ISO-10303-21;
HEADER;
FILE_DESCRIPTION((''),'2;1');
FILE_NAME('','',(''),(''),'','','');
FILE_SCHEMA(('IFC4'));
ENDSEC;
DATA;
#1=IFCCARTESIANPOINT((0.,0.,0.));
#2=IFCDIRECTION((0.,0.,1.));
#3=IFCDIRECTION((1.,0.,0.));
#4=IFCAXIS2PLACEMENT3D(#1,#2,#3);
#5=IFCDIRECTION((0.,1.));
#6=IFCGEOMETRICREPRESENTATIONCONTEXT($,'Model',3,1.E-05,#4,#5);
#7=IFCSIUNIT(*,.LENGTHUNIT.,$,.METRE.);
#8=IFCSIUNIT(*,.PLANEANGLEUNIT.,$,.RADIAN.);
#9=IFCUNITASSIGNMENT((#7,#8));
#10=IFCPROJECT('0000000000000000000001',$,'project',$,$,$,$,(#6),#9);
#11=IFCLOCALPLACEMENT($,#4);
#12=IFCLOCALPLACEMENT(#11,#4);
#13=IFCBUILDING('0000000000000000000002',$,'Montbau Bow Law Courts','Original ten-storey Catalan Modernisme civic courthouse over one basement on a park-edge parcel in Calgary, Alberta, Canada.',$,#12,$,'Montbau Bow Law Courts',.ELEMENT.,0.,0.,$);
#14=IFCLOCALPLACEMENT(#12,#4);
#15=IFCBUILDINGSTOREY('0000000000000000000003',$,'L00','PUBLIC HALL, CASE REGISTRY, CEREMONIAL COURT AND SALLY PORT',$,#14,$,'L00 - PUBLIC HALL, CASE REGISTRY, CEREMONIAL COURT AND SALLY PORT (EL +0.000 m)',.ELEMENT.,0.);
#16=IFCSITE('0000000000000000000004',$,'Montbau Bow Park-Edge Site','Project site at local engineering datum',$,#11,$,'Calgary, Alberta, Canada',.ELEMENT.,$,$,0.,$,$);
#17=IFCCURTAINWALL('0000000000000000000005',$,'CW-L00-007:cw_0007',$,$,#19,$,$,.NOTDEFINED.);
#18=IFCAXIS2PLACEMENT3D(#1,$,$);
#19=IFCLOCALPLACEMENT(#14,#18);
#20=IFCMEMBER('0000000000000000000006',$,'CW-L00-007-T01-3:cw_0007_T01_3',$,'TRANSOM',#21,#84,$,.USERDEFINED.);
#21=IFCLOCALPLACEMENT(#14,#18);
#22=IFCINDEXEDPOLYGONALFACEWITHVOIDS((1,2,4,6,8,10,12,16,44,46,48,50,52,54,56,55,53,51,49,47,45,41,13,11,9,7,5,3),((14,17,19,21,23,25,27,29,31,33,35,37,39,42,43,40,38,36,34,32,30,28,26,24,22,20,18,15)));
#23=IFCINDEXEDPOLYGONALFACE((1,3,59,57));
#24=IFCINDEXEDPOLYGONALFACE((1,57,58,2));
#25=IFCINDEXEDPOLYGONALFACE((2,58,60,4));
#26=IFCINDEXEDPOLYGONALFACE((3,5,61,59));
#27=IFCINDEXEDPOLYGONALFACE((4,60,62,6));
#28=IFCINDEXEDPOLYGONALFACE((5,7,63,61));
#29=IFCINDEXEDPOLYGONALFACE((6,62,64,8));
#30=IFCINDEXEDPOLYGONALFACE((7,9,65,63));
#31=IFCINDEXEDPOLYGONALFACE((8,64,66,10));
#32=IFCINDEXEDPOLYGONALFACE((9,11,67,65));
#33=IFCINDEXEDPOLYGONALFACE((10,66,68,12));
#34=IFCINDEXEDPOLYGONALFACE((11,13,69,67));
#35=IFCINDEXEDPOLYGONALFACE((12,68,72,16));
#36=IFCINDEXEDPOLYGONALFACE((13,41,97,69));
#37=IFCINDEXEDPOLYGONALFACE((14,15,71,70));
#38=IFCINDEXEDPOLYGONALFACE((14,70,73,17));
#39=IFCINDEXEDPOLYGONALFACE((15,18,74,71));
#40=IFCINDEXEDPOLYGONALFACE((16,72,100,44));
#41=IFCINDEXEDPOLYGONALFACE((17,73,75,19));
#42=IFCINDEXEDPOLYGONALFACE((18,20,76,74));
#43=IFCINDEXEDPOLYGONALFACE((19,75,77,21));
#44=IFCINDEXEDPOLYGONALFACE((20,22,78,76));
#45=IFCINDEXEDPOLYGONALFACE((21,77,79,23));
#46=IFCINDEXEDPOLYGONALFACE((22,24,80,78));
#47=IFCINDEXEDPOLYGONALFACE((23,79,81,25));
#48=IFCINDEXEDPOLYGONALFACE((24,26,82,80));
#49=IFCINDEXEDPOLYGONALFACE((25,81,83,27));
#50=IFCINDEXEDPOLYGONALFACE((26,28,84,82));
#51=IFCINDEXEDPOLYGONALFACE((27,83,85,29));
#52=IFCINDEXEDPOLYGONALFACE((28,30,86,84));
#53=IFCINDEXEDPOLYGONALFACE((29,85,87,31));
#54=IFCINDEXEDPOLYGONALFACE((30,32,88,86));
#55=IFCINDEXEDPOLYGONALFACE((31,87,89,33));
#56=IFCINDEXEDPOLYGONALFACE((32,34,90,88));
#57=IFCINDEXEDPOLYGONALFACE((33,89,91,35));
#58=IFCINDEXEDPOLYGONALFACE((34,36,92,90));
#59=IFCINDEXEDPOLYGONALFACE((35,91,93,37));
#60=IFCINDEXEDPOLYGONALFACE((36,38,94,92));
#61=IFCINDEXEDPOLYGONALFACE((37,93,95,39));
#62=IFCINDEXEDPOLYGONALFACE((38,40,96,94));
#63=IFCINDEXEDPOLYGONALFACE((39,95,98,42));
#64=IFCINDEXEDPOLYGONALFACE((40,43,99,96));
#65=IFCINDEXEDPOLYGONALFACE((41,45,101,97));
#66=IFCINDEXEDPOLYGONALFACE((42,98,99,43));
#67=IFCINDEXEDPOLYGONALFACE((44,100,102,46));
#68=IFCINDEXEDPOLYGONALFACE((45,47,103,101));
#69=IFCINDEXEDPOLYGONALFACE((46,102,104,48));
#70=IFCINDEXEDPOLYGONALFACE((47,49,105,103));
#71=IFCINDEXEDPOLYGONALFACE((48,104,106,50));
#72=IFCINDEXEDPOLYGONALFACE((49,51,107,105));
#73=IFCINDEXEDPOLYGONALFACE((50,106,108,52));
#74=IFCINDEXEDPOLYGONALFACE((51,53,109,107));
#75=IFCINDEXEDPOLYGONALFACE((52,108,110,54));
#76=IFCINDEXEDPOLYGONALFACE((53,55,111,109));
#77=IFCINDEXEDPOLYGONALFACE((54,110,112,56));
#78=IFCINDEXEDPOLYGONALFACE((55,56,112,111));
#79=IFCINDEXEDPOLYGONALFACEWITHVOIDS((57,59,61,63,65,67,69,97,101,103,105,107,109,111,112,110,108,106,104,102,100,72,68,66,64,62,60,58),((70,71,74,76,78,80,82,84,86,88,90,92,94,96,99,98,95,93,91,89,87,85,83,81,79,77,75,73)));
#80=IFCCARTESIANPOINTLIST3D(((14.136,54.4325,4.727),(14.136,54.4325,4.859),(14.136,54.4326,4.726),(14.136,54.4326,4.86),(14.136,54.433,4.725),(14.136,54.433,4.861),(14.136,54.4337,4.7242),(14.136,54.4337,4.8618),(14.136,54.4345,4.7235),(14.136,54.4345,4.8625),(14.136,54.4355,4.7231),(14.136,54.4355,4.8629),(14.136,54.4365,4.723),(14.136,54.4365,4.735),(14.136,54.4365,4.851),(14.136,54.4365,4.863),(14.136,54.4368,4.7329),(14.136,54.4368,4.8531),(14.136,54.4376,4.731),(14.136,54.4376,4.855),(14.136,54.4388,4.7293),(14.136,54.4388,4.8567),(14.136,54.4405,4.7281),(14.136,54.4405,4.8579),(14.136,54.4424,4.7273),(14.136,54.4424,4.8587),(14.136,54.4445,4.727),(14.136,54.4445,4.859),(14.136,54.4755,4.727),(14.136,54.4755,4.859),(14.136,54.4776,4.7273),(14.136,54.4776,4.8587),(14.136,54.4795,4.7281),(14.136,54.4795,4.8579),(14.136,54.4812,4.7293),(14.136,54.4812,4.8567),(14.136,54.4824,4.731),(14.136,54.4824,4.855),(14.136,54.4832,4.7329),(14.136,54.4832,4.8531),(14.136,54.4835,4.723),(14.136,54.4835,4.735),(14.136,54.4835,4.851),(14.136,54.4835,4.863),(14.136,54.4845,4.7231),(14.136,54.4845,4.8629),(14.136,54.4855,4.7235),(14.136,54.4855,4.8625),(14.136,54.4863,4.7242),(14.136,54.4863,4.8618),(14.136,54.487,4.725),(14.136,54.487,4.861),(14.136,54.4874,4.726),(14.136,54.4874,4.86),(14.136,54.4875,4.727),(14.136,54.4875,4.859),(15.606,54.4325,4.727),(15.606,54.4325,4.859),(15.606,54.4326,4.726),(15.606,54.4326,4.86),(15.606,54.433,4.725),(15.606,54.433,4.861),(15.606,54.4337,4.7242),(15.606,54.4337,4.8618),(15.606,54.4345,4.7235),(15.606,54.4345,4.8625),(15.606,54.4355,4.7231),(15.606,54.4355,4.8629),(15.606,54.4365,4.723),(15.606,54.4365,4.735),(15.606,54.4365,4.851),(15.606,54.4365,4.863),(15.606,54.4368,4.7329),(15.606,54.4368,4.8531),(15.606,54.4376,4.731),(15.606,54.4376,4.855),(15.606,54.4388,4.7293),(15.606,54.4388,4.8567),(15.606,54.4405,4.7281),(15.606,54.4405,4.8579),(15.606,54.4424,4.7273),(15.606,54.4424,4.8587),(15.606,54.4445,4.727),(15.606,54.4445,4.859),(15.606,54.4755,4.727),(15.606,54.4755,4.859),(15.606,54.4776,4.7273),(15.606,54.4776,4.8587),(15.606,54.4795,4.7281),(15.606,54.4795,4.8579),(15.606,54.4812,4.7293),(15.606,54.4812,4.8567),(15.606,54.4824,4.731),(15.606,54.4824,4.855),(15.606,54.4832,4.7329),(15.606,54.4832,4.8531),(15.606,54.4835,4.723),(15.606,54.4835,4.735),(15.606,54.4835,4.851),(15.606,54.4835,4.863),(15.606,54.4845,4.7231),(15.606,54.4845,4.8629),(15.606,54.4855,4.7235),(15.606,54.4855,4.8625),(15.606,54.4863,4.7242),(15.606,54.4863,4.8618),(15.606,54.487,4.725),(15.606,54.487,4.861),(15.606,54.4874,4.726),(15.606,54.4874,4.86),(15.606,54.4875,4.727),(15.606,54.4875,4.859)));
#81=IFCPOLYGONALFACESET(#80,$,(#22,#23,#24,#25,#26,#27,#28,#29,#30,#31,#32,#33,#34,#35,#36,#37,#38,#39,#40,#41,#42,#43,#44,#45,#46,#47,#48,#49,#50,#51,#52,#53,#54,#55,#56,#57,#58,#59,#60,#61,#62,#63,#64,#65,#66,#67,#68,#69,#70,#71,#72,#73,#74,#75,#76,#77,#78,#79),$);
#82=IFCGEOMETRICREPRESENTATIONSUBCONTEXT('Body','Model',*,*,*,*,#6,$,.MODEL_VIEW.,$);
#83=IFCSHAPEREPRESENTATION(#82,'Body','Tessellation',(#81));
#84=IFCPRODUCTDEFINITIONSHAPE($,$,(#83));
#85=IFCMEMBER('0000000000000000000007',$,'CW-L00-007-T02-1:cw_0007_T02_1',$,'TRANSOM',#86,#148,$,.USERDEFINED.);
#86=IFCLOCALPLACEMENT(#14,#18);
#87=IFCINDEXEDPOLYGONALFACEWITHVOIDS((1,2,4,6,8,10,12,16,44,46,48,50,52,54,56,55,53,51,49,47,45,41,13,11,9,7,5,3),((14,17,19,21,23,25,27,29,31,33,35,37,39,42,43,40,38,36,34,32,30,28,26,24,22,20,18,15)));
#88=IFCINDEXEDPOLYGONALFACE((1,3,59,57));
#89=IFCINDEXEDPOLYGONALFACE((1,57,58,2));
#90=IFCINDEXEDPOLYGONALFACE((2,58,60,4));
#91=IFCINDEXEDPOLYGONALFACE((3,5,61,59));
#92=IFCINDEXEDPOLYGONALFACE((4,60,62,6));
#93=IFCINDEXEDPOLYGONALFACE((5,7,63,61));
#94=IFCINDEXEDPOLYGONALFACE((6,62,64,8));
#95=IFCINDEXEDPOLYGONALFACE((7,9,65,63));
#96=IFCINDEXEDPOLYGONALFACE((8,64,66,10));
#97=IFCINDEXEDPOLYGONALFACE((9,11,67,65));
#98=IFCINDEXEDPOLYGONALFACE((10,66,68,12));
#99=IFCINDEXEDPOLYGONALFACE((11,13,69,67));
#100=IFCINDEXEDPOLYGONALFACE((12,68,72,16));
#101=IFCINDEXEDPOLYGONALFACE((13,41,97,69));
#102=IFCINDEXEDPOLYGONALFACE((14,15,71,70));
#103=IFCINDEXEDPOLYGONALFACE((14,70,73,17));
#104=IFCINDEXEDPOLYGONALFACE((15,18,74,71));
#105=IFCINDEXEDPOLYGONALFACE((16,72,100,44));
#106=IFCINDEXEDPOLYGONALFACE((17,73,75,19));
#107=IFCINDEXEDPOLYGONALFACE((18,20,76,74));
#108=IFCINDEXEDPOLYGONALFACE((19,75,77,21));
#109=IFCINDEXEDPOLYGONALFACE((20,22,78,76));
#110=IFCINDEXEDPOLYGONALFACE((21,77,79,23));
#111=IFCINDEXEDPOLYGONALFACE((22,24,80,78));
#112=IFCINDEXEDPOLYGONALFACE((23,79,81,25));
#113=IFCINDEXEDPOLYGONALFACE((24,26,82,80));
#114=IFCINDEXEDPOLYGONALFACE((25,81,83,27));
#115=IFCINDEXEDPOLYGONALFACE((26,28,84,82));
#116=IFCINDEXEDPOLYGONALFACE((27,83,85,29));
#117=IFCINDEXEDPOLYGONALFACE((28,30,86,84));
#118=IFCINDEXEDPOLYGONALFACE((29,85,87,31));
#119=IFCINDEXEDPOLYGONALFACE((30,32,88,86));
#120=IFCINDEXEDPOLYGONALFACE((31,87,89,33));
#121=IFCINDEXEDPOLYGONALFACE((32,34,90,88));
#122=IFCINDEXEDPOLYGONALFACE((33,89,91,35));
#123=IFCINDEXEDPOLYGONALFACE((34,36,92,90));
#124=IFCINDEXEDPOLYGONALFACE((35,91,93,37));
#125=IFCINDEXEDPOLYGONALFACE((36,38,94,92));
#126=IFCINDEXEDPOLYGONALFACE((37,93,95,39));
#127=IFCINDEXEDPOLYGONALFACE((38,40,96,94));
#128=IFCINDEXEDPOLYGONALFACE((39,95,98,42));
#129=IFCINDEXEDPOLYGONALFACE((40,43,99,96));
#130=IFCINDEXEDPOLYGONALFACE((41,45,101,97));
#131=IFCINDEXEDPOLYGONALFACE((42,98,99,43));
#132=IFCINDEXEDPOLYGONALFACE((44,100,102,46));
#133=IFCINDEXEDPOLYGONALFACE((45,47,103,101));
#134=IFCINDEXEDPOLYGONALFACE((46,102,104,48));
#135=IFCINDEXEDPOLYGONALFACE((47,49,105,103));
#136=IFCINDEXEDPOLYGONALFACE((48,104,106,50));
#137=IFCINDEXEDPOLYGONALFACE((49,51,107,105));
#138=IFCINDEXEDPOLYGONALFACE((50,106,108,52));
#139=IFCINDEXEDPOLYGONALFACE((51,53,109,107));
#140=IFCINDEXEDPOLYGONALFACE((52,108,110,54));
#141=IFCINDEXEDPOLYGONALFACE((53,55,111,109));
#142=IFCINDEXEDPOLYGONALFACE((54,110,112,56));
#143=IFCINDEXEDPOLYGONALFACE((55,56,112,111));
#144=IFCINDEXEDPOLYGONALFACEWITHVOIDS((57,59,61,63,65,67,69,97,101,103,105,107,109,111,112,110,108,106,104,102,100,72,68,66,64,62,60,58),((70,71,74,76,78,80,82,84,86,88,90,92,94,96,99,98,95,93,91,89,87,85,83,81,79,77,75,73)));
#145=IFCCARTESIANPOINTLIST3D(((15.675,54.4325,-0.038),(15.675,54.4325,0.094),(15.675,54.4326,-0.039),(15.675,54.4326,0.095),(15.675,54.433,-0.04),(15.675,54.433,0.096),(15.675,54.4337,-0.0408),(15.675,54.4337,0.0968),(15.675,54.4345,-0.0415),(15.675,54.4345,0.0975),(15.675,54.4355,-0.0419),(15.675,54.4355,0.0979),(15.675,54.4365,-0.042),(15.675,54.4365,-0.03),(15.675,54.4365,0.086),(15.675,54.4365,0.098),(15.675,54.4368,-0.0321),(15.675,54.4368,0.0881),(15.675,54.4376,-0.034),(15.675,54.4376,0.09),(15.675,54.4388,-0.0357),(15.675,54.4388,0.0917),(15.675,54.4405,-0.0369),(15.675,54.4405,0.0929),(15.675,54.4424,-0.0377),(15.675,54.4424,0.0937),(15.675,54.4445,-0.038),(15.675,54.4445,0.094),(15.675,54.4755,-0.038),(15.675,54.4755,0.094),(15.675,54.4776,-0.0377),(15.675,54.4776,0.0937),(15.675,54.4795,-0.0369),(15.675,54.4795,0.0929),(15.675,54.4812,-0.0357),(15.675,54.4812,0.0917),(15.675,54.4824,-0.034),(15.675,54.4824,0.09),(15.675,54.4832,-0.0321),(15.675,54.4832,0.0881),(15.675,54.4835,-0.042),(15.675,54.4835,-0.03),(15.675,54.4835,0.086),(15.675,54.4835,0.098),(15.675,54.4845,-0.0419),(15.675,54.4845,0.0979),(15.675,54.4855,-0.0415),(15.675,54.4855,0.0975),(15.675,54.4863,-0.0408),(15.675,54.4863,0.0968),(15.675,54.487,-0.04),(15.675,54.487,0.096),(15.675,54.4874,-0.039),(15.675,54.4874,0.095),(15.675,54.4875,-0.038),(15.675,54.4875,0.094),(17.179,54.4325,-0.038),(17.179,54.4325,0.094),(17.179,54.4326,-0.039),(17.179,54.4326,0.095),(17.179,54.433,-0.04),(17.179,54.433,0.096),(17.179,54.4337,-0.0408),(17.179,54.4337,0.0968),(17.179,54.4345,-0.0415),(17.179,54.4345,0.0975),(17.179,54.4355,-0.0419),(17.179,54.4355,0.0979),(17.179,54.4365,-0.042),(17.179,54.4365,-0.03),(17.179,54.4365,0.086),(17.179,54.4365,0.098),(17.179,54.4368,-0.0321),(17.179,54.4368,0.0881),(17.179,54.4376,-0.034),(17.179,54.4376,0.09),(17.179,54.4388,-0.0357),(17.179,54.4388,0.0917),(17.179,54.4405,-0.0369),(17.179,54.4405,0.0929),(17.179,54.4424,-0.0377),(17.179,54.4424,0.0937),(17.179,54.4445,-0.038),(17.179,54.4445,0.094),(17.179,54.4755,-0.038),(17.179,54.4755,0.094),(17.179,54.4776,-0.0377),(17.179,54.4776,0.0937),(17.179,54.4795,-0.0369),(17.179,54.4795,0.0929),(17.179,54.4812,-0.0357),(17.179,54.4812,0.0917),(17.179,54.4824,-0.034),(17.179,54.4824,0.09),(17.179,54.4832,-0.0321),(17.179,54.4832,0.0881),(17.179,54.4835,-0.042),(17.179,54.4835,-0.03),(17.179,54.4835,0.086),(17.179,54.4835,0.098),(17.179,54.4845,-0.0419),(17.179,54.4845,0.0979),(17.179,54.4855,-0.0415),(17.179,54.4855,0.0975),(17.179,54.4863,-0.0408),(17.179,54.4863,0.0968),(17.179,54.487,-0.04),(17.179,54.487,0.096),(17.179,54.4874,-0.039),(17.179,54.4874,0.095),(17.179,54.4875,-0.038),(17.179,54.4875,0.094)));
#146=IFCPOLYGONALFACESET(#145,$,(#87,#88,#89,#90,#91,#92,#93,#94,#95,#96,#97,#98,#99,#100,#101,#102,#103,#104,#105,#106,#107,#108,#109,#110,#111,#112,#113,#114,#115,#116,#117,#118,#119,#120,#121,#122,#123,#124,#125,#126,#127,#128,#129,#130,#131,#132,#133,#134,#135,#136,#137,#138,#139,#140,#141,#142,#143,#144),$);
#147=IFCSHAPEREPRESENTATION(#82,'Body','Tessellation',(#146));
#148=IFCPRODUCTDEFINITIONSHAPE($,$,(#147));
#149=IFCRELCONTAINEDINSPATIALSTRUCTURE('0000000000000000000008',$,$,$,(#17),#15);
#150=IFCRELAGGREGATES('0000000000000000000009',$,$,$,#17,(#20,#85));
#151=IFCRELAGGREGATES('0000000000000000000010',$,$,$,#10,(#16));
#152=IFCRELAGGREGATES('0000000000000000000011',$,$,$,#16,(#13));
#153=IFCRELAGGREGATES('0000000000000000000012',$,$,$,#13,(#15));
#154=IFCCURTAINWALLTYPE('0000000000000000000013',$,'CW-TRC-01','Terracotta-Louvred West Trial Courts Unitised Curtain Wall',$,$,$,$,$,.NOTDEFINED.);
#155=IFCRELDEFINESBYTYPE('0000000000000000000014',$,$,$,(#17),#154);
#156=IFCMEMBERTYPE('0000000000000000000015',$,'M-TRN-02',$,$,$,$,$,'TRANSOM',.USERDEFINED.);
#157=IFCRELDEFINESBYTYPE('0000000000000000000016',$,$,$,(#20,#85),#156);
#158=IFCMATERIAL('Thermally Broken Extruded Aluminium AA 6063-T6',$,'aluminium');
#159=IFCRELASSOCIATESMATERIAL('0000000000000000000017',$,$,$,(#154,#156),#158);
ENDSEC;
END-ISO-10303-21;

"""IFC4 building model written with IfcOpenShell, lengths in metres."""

from ifc_helpers import new_model, si_unit, direction, frame, origin_with_axes, origin_2d_with_axis, place, context, subcontext, project, spatial, hollow_rectangle, extrude, material, material_profile, profile_set, type_object, element, aggregate, save


model = new_model("IFC4")

# Units and contexts
model_context = context("Model", 3, precision=1e-05, world=origin_with_axes(), true_north=direction((0.0, 1.0)))
body_context = subcontext(model_context, "Body", "Model", "MODEL_VIEW")
ifc_project = project(units=[si_unit("LENGTHUNIT", "METRE"), si_unit("PLANEANGLEUNIT", "RADIAN")], contexts=[model_context])

# Site, building, storey
site_placement = place(None, origin_with_axes())
site = spatial("IfcSite", under=ifc_project, at=site_placement, Name="Montbau Bow Park-Edge Site", Description="Project site at local engineering datum", LongName="Calgary, Alberta, Canada", CompositionType="ELEMENT", RefElevation=0.0)
building_placement = place(site_placement, origin_with_axes())
building = spatial("IfcBuilding", under=site, at=building_placement, Name="Montbau Bow Law Courts", Description="Original ten-storey Catalan Modernisme civic courthouse over one basement on a park-edge parcel in Calgary, Alberta, Canada.", LongName="Montbau Bow Law Courts", CompositionType="ELEMENT", ElevationOfRefHeight=0.0, ElevationOfTerrain=0.0)
storey_placement = place(building_placement, origin_with_axes())
storey = spatial("IfcBuildingStorey", under=building, at=storey_placement, Name="L00", Description="PUBLIC HALL, CASE REGISTRY, CEREMONIAL COURT AND SALLY PORT", LongName="L00 - PUBLIC HALL, CASE REGISTRY, CEREMONIAL COURT AND SALLY PORT (EL +0.000 m)", CompositionType="ELEMENT", Elevation=0.0)

# Curtain wall
ifc_material_1 = material(Name="Thermally Broken Extruded Aluminium AA 6063-T6", Category="aluminium")
curtain_wall_type = type_object("IfcCurtainWallType", Name="CW-TRC-01", Description="Terracotta-Louvred West Trial Courts Unitised Curtain Wall", PredefinedType="NOTDEFINED", material=ifc_material_1)
curtain_wall_1_placement = place(None, frame((14.068, 54.46, 0.0), z_axis=(0.0, 0.0, 1.0), x_axis=(1.0, 0.0, 0.0)))
curtain_wall_1 = element("IfcCurtainWall", 1, at=curtain_wall_1_placement, inside=storey, type_object=curtain_wall_type, Name="CW-L00-007:cw_0007", PredefinedType="NOTDEFINED")

# Members
ifc_material_profile_1 = material_profile(ifc_material_1, hollow_rectangle(XDim=0.055, YDim=0.14, WallThickness=0.004, InnerFilletRadius=0.008, OuterFilletRadius=0.004, at=origin_2d_with_axis()), Name="CWT-140X55", Category="Main", Priority=0)
ifc_profile_set_1 = profile_set([ifc_material_profile_1], Name="Thermally Broken Extruded Aluminium AA 6063-T6")
member_type_1 = type_object("IfcMemberType", Name="M-TRN-02", ElementType="TRANSOM", PredefinedType="USERDEFINED", material=ifc_profile_set_1)
member_1_placement = place(None, frame((14.136, 54.46, 4.793), z_axis=(1.0, 0.0, 0.0), x_axis=(0.0, 1.0, 0.0)))
member_1 = element("IfcMember", 2, at=member_1_placement, type_object=member_type_1, Name="CW-L00-007-T01-3:cw_0007_T01_3", ObjectType="TRANSOM", PredefinedType="USERDEFINED", context=body_context, shape_type="SweptSolid", body=[
    extrude(hollow_rectangle(XDim=0.055, YDim=0.14, WallThickness=0.004, InnerFilletRadius=0.008, OuterFilletRadius=0.004, at=origin_2d_with_axis()), origin_with_axes(), (0.0, 0.0, 1.0), 1.47),
])
member_2_placement = place(None, frame((15.675, 54.46, 0.028), z_axis=(1.0, 0.0, 0.0), x_axis=(0.0, 1.0, 0.0)))
member_2 = element("IfcMember", 3, at=member_2_placement, type_object=member_type_1, Name="CW-L00-007-T02-1:cw_0007_T02_1", ObjectType="TRANSOM", PredefinedType="USERDEFINED", context=body_context, shape_type="SweptSolid", body=[
    extrude(hollow_rectangle(XDim=0.055, YDim=0.14, WallThickness=0.004, InnerFilletRadius=0.008, OuterFilletRadius=0.004, at=origin_2d_with_axis()), origin_with_axes(), (0.0, 0.0, 1.0), 1.504),
])

aggregate(curtain_wall_1, [member_1, member_2])

save(model, "model.ifc")
